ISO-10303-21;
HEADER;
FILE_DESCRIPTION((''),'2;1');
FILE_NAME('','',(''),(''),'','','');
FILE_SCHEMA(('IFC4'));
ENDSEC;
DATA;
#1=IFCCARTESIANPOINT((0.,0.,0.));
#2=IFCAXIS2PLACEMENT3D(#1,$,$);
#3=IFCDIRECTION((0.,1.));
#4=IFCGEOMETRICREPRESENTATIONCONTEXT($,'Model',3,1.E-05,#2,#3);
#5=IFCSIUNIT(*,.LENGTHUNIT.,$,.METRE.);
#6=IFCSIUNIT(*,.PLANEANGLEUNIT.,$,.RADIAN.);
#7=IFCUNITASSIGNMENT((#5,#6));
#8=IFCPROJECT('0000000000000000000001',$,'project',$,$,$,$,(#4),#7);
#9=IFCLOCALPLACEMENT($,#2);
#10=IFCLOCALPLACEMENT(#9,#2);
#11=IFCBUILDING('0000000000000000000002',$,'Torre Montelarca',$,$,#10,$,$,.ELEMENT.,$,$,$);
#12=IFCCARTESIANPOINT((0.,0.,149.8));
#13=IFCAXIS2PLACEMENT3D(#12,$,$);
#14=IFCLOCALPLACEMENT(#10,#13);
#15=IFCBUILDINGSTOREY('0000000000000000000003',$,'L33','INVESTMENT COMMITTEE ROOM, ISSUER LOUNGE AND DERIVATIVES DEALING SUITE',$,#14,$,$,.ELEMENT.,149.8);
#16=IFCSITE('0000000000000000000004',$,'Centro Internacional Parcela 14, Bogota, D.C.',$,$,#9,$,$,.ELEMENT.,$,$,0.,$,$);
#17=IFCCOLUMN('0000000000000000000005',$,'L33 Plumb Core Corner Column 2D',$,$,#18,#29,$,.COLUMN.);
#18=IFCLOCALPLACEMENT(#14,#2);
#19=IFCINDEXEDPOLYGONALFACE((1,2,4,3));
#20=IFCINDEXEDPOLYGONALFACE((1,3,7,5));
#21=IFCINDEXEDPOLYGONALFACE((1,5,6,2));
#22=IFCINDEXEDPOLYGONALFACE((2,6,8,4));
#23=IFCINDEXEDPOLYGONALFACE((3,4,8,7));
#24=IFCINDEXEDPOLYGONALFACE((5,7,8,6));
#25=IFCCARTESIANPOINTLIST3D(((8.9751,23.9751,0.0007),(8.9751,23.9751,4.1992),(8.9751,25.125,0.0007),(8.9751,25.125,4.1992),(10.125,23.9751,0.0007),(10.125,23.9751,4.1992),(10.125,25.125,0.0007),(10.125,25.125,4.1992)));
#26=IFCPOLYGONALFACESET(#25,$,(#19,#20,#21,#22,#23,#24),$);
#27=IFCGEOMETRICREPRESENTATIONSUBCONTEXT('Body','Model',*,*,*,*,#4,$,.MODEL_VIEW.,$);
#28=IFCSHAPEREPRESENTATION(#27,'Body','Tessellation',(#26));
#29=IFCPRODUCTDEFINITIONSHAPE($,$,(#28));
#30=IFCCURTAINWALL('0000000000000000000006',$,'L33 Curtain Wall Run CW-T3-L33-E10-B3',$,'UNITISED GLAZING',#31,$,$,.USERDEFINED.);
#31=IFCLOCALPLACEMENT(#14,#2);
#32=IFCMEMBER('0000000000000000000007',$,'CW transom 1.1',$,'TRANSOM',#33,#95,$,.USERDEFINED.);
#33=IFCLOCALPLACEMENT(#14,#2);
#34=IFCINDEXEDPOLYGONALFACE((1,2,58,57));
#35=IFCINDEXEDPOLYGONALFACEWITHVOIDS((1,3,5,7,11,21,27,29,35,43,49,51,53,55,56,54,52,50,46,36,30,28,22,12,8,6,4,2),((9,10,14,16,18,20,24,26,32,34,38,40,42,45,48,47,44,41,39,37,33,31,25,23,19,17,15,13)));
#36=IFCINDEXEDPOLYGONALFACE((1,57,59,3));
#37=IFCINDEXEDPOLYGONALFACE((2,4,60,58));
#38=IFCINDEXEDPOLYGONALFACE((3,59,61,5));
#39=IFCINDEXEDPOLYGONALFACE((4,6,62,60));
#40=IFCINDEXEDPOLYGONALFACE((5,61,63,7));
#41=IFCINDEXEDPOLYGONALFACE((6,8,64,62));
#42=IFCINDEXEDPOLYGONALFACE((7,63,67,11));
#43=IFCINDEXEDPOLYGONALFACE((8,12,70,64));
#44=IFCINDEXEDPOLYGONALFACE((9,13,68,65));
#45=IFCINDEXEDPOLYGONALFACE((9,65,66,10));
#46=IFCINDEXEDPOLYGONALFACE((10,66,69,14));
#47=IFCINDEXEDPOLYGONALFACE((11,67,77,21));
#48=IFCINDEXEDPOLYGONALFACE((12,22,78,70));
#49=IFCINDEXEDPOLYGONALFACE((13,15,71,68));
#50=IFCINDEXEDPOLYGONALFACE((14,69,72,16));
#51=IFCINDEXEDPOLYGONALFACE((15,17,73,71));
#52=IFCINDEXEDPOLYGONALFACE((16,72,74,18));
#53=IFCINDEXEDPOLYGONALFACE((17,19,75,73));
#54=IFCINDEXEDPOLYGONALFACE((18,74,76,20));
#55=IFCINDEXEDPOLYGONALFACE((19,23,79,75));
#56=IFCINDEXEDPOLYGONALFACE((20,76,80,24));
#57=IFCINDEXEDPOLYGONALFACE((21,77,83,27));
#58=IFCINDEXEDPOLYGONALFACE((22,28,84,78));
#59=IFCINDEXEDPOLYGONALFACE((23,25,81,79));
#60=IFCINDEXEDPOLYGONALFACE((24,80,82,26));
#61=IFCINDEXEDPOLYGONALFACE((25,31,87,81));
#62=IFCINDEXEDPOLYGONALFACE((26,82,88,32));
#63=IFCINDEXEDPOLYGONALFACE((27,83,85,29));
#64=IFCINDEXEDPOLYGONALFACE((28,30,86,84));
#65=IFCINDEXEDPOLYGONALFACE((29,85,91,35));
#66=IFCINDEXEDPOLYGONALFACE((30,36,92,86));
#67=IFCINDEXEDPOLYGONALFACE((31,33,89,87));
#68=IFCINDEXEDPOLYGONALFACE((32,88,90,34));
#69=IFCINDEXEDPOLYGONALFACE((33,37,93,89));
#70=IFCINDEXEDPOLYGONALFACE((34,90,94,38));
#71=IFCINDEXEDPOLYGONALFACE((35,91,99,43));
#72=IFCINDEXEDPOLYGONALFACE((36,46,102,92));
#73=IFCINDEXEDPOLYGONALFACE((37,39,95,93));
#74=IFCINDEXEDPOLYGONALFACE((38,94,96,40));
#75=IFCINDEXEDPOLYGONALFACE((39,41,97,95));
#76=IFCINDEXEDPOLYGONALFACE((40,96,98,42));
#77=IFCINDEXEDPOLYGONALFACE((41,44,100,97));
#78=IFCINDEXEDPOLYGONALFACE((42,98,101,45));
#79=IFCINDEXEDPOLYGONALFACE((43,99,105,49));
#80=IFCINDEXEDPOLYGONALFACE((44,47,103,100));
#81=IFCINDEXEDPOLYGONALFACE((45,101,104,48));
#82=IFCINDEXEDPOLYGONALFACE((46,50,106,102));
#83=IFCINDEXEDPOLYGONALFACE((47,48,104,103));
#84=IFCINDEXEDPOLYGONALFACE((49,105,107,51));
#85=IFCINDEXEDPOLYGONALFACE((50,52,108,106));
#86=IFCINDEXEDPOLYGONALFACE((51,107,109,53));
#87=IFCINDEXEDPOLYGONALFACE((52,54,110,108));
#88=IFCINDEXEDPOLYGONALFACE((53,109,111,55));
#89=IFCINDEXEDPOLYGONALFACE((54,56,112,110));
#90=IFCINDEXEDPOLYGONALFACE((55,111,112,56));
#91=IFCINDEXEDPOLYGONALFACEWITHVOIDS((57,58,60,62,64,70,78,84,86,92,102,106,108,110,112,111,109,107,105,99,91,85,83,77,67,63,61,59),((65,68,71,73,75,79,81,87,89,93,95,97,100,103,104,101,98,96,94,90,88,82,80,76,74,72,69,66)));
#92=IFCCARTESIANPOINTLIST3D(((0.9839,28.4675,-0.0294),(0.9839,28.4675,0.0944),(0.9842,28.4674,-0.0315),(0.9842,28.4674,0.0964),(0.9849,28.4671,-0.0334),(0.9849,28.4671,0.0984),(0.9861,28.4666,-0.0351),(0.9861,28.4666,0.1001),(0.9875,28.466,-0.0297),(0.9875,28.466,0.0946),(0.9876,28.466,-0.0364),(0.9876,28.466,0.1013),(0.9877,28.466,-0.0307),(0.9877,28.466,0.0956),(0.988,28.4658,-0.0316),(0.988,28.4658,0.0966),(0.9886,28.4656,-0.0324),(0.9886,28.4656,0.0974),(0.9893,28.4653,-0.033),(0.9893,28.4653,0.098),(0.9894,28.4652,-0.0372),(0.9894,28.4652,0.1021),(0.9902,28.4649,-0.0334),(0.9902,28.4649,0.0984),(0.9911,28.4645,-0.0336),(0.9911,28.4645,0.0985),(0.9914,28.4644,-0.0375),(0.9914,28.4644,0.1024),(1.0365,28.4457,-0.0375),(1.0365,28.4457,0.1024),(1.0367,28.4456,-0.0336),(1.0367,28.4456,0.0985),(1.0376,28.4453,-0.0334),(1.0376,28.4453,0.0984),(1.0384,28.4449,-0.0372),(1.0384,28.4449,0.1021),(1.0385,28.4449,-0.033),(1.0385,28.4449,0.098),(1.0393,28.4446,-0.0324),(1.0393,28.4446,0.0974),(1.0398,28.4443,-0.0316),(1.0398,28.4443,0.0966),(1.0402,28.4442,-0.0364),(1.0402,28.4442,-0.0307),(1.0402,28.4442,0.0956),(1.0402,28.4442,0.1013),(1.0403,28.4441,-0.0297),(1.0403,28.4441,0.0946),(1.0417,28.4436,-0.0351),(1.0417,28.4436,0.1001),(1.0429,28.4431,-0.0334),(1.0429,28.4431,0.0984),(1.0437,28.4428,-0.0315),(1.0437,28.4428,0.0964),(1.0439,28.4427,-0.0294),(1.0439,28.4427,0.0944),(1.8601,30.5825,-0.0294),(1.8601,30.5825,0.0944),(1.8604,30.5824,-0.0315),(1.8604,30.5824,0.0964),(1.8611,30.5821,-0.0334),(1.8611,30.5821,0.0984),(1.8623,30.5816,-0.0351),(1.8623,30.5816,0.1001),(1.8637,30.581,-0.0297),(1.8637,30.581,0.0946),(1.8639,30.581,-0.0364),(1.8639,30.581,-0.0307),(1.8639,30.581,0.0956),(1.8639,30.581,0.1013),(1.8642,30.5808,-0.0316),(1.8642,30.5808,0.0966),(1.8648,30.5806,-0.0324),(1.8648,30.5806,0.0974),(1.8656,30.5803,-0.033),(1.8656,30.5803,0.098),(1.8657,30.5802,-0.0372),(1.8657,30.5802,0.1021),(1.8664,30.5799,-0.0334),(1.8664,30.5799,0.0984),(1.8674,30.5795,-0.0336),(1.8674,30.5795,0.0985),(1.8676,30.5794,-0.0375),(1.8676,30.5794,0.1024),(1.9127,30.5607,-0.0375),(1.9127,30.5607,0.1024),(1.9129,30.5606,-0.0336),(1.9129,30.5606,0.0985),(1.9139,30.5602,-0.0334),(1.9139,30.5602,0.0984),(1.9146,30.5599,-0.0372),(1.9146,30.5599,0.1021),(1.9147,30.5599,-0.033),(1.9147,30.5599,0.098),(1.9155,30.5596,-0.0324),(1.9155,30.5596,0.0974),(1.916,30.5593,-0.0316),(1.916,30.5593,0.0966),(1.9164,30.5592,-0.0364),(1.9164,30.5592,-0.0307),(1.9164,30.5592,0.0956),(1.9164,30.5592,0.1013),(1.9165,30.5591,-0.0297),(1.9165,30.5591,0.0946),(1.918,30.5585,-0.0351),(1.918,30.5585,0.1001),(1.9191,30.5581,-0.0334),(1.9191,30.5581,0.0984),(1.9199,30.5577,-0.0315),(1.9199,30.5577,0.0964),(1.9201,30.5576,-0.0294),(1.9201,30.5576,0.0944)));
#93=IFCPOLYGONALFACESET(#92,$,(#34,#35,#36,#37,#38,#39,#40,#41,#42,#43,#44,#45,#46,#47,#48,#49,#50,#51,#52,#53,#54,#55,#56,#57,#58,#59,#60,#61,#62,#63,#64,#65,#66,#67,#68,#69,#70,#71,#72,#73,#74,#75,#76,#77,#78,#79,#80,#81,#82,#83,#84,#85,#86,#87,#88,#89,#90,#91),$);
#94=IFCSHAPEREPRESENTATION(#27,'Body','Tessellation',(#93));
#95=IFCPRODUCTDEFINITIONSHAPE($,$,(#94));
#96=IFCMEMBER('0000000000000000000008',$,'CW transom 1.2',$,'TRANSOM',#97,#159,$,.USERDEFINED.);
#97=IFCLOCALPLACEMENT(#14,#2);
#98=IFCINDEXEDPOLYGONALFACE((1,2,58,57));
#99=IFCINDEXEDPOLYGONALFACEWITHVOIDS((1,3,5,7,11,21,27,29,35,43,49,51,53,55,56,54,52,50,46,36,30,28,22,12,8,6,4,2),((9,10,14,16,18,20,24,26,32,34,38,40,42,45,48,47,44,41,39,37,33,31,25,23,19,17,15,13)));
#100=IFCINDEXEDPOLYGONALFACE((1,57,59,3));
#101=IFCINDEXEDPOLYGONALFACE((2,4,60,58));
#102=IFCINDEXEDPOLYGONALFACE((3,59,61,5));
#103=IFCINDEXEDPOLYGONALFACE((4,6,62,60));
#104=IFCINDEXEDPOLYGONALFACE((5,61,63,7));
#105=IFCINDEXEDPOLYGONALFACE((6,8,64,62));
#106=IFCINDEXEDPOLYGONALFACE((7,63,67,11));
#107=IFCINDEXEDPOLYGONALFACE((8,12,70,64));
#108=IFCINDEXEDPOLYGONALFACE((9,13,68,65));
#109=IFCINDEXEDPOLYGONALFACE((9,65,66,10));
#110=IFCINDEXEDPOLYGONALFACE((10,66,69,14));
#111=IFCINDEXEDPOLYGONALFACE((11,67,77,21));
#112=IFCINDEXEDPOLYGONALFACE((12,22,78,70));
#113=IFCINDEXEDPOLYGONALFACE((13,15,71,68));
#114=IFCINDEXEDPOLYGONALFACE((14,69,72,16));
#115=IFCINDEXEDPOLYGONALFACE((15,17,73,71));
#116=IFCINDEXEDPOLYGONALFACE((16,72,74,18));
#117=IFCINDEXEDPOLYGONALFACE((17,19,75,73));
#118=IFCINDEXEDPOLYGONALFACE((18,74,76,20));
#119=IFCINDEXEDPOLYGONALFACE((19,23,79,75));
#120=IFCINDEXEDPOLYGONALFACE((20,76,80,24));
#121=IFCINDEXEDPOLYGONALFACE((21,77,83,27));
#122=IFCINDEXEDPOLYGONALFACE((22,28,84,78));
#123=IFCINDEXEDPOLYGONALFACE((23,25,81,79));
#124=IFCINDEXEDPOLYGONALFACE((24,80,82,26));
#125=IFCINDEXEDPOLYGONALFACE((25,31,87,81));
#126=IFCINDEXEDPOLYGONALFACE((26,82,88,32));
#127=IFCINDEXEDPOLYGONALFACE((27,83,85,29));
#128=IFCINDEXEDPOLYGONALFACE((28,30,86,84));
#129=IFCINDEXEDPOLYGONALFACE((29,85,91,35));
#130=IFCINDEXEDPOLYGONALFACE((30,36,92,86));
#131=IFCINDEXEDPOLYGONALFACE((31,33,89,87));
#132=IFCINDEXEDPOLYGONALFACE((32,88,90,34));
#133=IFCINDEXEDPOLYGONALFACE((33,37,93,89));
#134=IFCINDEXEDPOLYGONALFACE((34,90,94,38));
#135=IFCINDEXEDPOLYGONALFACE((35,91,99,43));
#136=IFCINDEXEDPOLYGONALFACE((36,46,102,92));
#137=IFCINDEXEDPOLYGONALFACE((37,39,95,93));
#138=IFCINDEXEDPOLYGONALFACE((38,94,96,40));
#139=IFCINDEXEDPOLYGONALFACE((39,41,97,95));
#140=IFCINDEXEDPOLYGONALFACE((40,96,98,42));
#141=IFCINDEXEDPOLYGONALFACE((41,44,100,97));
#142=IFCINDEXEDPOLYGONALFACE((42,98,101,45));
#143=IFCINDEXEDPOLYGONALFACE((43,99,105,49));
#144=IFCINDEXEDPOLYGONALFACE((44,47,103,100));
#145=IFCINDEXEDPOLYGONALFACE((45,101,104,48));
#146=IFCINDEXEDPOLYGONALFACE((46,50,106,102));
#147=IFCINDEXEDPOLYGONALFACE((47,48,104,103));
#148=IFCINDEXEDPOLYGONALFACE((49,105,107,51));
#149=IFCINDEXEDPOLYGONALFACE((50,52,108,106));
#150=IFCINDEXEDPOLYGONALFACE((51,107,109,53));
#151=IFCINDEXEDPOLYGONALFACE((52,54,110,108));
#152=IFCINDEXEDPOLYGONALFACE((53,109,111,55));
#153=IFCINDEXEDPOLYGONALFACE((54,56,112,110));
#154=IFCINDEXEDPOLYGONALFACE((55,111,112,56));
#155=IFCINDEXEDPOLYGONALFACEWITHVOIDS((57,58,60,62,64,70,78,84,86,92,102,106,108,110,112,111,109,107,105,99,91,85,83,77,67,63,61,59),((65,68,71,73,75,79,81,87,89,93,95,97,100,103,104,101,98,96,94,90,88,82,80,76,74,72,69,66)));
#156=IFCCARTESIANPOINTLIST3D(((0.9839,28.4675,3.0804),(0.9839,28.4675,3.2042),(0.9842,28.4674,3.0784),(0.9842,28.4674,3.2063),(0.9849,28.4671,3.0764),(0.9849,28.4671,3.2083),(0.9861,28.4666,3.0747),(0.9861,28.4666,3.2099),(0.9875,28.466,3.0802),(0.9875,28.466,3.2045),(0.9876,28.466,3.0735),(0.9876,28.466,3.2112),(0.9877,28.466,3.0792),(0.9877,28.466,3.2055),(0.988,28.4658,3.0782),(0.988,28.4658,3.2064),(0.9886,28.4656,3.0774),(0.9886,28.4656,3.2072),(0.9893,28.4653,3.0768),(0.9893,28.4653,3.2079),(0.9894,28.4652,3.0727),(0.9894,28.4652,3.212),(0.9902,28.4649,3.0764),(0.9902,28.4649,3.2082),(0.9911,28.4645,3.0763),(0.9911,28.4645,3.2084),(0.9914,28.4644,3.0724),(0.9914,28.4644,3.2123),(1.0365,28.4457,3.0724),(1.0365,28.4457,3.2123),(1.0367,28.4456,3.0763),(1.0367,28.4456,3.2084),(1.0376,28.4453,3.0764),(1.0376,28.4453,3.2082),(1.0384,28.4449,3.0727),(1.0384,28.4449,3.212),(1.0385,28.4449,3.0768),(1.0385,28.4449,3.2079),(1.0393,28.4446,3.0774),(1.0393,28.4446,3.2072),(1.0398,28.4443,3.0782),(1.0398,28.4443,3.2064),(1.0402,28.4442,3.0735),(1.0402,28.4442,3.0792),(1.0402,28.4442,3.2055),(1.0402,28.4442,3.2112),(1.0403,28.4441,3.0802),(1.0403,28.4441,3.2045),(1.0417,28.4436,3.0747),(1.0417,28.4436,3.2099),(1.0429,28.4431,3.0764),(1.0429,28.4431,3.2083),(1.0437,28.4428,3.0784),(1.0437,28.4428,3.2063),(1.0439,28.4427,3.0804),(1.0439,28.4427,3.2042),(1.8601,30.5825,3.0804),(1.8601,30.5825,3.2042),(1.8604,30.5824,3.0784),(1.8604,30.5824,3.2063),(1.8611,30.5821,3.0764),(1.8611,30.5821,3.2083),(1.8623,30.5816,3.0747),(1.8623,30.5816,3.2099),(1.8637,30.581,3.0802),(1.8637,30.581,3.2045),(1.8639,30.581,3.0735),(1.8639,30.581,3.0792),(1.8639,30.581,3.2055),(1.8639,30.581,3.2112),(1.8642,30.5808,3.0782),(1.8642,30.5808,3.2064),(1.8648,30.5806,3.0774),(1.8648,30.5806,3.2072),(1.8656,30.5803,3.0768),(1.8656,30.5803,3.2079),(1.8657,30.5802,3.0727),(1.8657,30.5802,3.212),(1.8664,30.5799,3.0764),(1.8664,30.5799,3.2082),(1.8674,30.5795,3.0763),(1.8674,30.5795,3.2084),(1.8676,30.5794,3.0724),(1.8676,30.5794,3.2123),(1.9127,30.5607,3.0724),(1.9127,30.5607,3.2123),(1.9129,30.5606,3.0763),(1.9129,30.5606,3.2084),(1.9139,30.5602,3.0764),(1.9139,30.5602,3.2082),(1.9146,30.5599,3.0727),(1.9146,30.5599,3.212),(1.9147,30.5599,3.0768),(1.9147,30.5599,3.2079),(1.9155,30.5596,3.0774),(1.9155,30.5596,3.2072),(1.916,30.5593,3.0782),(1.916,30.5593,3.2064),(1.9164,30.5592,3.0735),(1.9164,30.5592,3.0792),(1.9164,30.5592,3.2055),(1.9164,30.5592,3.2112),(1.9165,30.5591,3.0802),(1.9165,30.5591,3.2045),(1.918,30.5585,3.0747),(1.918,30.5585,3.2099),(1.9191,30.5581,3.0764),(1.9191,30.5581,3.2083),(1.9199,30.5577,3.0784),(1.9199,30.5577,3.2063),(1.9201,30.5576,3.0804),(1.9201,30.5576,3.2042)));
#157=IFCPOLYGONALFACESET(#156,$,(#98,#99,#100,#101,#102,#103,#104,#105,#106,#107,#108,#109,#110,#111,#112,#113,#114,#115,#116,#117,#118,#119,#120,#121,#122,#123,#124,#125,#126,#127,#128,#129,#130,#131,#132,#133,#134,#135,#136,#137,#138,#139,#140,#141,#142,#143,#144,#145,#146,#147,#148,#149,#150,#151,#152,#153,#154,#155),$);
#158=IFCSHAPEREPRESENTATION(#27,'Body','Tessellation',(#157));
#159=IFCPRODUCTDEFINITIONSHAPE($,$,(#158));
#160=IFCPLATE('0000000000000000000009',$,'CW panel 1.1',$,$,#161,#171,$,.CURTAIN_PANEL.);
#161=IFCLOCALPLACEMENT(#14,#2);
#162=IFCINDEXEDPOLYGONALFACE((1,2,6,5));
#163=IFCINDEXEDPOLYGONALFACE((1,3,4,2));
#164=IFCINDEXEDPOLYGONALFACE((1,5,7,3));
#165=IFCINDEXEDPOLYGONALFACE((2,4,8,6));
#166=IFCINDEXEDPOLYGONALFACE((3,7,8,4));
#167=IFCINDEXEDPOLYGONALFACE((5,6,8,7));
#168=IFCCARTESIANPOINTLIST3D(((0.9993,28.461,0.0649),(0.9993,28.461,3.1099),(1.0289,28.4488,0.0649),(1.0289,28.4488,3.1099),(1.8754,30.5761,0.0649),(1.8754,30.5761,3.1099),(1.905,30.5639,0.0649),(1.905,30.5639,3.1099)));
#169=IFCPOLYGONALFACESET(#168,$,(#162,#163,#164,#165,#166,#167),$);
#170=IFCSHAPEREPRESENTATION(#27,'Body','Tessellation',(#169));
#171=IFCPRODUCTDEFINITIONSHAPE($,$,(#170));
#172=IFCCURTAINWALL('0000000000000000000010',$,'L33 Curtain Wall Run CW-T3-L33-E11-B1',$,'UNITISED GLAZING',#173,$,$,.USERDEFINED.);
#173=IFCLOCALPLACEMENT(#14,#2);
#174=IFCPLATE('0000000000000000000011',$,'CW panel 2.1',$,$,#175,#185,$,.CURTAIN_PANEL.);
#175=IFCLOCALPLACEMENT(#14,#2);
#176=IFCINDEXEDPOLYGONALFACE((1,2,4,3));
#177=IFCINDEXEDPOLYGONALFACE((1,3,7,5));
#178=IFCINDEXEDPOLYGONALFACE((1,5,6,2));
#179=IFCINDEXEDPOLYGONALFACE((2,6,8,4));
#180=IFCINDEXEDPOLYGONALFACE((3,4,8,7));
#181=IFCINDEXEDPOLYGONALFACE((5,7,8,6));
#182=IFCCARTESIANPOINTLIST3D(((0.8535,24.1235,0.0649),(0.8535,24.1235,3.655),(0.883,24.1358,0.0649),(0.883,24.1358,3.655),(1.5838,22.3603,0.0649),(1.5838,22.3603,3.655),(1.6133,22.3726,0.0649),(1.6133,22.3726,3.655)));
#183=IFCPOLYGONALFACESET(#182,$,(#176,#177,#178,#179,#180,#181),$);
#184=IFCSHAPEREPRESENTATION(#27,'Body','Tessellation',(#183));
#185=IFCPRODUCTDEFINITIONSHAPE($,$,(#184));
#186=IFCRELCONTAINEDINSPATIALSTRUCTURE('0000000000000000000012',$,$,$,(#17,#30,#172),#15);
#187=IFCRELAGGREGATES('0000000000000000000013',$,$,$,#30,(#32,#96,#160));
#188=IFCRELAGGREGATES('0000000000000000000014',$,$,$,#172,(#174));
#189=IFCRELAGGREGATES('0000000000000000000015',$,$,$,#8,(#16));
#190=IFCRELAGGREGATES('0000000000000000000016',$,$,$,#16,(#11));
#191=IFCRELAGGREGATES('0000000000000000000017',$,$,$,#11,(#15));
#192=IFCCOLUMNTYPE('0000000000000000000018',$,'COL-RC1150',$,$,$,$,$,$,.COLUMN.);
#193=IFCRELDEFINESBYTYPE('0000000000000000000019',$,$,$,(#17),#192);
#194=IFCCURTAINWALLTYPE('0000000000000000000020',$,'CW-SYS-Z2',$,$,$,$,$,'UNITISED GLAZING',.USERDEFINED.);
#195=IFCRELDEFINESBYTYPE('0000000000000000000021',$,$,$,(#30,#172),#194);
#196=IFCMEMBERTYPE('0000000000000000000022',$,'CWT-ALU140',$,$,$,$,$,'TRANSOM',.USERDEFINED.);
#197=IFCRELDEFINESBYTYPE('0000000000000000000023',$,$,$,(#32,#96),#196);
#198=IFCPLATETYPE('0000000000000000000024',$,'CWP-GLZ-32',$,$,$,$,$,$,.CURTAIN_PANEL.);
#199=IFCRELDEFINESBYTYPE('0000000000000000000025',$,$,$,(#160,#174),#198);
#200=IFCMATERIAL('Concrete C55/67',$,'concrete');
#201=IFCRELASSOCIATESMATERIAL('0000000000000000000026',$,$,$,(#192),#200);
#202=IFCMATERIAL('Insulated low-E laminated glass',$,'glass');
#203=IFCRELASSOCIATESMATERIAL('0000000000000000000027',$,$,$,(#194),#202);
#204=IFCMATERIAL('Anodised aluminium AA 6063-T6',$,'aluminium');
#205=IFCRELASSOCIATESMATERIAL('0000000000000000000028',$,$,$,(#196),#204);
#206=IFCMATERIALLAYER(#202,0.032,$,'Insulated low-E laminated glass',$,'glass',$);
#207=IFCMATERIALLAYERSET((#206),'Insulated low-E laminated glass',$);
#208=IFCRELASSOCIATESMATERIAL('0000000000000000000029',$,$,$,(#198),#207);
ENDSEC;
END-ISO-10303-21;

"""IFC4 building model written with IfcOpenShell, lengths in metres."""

from ifc_helpers import new_model, si_unit, direction, frame, origin, origin_2d, place, context, subcontext, project, spatial, rectangle, hollow_rectangle, extrude, source, transform, mapped, material, layer, layer_set, material_profile, profile_set, type_object, element, aggregate, save


model = new_model("IFC4")

# Units and contexts
model_context = context("Model", 3, precision=1e-05, world=origin(), true_north=direction((0.0, 1.0)))
body_context = subcontext(model_context, "Body", "Model", "MODEL_VIEW")
ifc_project = project(units=[si_unit("LENGTHUNIT", "METRE"), si_unit("PLANEANGLEUNIT", "RADIAN")], contexts=[model_context])

# Site, building, storey
site_placement = place(None, origin())
site = spatial("IfcSite", under=ifc_project, at=site_placement, Name="Centro Internacional Parcela 14, Bogota, D.C.", CompositionType="ELEMENT", RefElevation=0.0)
building_placement = place(site_placement, origin())
building = spatial("IfcBuilding", under=site, at=building_placement, Name="Torre Montelarca", CompositionType="ELEMENT")
storey_placement = place(building_placement, frame((0.0, 0.0, 149.8)))
storey = spatial("IfcBuildingStorey", under=building, at=storey_placement, Name="L33", Description="INVESTMENT COMMITTEE ROOM, ISSUER LOUNGE AND DERIVATIVES DEALING SUITE", CompositionType="ELEMENT", Elevation=149.8)

# Column
ifc_material_1 = material(Name="Concrete C55/67", Category="concrete")
ifc_material_profile_1 = material_profile(ifc_material_1, rectangle(XDim=1.1499, YDim=1.1499, at=origin_2d()), Name="RC1150X1150", Category="concrete")
ifc_profile_set_1 = profile_set([ifc_material_profile_1], Name="Concrete C55/67")
column_type = type_object("IfcColumnType", Name="COL-RC1150", PredefinedType="COLUMN", material=ifc_profile_set_1)
shared_shape_1 = source(origin(), body_context, "Body", "SweptSolid", [
    extrude(rectangle(XDim=1.1499, YDim=1.1499, at=origin_2d()), origin(), (0.0, 0.0, 1.0), 4.1985),
])
column_placement = place(storey_placement, frame((9.55, 24.55, 0.0007), z_axis=(0.0, 0.0, 1.0), x_axis=(1.0, 0.0, 0.0)))
element("IfcColumn", 1, at=column_placement, inside=storey, type_object=column_type, Name="L33 Plumb Core Corner Column 2D", PredefinedType="COLUMN", context=body_context, shape_type="MappedRepresentation", body=[
    mapped(shared_shape_1, transform((0.0, 0.0, 0.0), scale=1.0)),
])

# Curtain wall, members, plate
ifc_material_2 = material(Name="Insulated low-E laminated glass", Category="glass")
curtain_wall_type = type_object("IfcCurtainWallType", Name="CW-SYS-Z2", ElementType="UNITISED GLAZING", PredefinedType="USERDEFINED", material=ifc_material_2)
curtain_wall_1_placement = place(storey_placement, origin())
curtain_wall_1 = element("IfcCurtainWall", 2, at=curtain_wall_1_placement, inside=storey, type_object=curtain_wall_type, Name="L33 Curtain Wall Run CW-T3-L33-E10-B3", ObjectType="UNITISED GLAZING", PredefinedType="USERDEFINED")
ifc_material_3 = material(Name="Anodised aluminium AA 6063-T6", Category="aluminium")
ifc_material_profile_2 = material_profile(ifc_material_3, hollow_rectangle(XDim=0.0649, YDim=0.1399, WallThickness=0.0039, InnerFilletRadius=0.0039, OuterFilletRadius=0.0081, at=origin_2d()), Name="ALU65X140X4", Category="aluminium")
ifc_profile_set_2 = profile_set([ifc_material_profile_2], Name="Anodised aluminium AA 6063-T6")
member_type = type_object("IfcMemberType", Name="CWT-ALU140", ElementType="TRANSOM", PredefinedType="USERDEFINED", material=ifc_profile_set_2)
shared_shape_2 = source(origin(), body_context, "Body", "SweptSolid", [
    extrude(hollow_rectangle(XDim=0.0649, YDim=0.1399, WallThickness=0.0039, InnerFilletRadius=0.0039, OuterFilletRadius=0.0081, at=origin_2d()), origin(), (0.0, 0.0, 1.0), 2.2893),
])
member_1_placement = place(storey_placement, frame((1.8901, 30.5701, 0.0325), z_axis=(-0.382744, -0.923854, 0.0), x_axis=(0.923854, -0.382744, 0.0)))
member_1 = element("IfcMember", 3, at=member_1_placement, type_object=member_type, Name="CW transom 1.1", ObjectType="TRANSOM", PredefinedType="USERDEFINED", context=body_context, shape_type="MappedRepresentation", body=[
    mapped(shared_shape_2, transform((0.0, 0.0, 0.0), scale=1.0)),
])
member_2_placement = place(storey_placement, frame((1.8901, 30.5701, 3.1423), z_axis=(-0.382744, -0.923854, 0.0), x_axis=(0.923854, -0.382744, 0.0)))
member_2 = element("IfcMember", 4, at=member_2_placement, type_object=member_type, Name="CW transom 1.2", ObjectType="TRANSOM", PredefinedType="USERDEFINED", context=body_context, shape_type="MappedRepresentation", body=[
    mapped(shared_shape_2, transform((0.0, 0.0, 0.0), scale=1.0)),
])
ifc_layer_1 = layer(ifc_material_2, 0.032, Name="Insulated low-E laminated glass", Category="glass")
ifc_layer_set_1 = layer_set([ifc_layer_1], Name="Insulated low-E laminated glass")
plate_type = type_object("IfcPlateType", Name="CWP-GLZ-32", PredefinedType="CURTAIN_PANEL", material=ifc_layer_set_1)
shared_shape_3 = source(origin(), body_context, "Body", "SweptSolid", [
    extrude(rectangle(XDim=2.2893, YDim=0.032, at=origin_2d()), origin(), (0.0, 0.0, 1.0), 3.0449),
])
plate_1_placement = place(storey_placement, frame((1.4521, 29.5125, 0.0649), z_axis=(0.0, 0.0, 1.0), x_axis=(-0.382682, -0.92388, 0.0)))
plate_1 = element("IfcPlate", 5, at=plate_1_placement, type_object=plate_type, Name="CW panel 1.1", PredefinedType="CURTAIN_PANEL", context=body_context, shape_type="MappedRepresentation", body=[
    mapped(shared_shape_3, transform((0.0, 0.0, 0.0), scale=1.0)),
])
aggregate(curtain_wall_1, [member_1, member_2, plate_1])

# Curtain wall, plate
curtain_wall_2_placement = place(storey_placement, origin())
curtain_wall_2 = element("IfcCurtainWall", 6, at=curtain_wall_2_placement, inside=storey, type_object=curtain_wall_type, Name="L33 Curtain Wall Run CW-T3-L33-E11-B1", ObjectType="UNITISED GLAZING", PredefinedType="USERDEFINED")
shared_shape_4 = source(origin(), body_context, "Body", "SweptSolid", [
    extrude(rectangle(XDim=1.9084, YDim=0.032, at=origin_2d()), origin(), (0.0, 0.0, 1.0), 3.5901),
])
plate_2_placement = place(storey_placement, frame((1.2334, 23.248, 0.0649), z_axis=(0.0, 0.0, 1.0), x_axis=(0.382683, -0.92388, 0.0)))
plate_2 = element("IfcPlate", 7, at=plate_2_placement, type_object=plate_type, Name="CW panel 2.1", PredefinedType="CURTAIN_PANEL", context=body_context, shape_type="MappedRepresentation", body=[
    mapped(shared_shape_4, transform((0.0, 0.0, 0.0), scale=1.0)),
])
aggregate(curtain_wall_2, [plate_2])

save(model, "model.ifc")
